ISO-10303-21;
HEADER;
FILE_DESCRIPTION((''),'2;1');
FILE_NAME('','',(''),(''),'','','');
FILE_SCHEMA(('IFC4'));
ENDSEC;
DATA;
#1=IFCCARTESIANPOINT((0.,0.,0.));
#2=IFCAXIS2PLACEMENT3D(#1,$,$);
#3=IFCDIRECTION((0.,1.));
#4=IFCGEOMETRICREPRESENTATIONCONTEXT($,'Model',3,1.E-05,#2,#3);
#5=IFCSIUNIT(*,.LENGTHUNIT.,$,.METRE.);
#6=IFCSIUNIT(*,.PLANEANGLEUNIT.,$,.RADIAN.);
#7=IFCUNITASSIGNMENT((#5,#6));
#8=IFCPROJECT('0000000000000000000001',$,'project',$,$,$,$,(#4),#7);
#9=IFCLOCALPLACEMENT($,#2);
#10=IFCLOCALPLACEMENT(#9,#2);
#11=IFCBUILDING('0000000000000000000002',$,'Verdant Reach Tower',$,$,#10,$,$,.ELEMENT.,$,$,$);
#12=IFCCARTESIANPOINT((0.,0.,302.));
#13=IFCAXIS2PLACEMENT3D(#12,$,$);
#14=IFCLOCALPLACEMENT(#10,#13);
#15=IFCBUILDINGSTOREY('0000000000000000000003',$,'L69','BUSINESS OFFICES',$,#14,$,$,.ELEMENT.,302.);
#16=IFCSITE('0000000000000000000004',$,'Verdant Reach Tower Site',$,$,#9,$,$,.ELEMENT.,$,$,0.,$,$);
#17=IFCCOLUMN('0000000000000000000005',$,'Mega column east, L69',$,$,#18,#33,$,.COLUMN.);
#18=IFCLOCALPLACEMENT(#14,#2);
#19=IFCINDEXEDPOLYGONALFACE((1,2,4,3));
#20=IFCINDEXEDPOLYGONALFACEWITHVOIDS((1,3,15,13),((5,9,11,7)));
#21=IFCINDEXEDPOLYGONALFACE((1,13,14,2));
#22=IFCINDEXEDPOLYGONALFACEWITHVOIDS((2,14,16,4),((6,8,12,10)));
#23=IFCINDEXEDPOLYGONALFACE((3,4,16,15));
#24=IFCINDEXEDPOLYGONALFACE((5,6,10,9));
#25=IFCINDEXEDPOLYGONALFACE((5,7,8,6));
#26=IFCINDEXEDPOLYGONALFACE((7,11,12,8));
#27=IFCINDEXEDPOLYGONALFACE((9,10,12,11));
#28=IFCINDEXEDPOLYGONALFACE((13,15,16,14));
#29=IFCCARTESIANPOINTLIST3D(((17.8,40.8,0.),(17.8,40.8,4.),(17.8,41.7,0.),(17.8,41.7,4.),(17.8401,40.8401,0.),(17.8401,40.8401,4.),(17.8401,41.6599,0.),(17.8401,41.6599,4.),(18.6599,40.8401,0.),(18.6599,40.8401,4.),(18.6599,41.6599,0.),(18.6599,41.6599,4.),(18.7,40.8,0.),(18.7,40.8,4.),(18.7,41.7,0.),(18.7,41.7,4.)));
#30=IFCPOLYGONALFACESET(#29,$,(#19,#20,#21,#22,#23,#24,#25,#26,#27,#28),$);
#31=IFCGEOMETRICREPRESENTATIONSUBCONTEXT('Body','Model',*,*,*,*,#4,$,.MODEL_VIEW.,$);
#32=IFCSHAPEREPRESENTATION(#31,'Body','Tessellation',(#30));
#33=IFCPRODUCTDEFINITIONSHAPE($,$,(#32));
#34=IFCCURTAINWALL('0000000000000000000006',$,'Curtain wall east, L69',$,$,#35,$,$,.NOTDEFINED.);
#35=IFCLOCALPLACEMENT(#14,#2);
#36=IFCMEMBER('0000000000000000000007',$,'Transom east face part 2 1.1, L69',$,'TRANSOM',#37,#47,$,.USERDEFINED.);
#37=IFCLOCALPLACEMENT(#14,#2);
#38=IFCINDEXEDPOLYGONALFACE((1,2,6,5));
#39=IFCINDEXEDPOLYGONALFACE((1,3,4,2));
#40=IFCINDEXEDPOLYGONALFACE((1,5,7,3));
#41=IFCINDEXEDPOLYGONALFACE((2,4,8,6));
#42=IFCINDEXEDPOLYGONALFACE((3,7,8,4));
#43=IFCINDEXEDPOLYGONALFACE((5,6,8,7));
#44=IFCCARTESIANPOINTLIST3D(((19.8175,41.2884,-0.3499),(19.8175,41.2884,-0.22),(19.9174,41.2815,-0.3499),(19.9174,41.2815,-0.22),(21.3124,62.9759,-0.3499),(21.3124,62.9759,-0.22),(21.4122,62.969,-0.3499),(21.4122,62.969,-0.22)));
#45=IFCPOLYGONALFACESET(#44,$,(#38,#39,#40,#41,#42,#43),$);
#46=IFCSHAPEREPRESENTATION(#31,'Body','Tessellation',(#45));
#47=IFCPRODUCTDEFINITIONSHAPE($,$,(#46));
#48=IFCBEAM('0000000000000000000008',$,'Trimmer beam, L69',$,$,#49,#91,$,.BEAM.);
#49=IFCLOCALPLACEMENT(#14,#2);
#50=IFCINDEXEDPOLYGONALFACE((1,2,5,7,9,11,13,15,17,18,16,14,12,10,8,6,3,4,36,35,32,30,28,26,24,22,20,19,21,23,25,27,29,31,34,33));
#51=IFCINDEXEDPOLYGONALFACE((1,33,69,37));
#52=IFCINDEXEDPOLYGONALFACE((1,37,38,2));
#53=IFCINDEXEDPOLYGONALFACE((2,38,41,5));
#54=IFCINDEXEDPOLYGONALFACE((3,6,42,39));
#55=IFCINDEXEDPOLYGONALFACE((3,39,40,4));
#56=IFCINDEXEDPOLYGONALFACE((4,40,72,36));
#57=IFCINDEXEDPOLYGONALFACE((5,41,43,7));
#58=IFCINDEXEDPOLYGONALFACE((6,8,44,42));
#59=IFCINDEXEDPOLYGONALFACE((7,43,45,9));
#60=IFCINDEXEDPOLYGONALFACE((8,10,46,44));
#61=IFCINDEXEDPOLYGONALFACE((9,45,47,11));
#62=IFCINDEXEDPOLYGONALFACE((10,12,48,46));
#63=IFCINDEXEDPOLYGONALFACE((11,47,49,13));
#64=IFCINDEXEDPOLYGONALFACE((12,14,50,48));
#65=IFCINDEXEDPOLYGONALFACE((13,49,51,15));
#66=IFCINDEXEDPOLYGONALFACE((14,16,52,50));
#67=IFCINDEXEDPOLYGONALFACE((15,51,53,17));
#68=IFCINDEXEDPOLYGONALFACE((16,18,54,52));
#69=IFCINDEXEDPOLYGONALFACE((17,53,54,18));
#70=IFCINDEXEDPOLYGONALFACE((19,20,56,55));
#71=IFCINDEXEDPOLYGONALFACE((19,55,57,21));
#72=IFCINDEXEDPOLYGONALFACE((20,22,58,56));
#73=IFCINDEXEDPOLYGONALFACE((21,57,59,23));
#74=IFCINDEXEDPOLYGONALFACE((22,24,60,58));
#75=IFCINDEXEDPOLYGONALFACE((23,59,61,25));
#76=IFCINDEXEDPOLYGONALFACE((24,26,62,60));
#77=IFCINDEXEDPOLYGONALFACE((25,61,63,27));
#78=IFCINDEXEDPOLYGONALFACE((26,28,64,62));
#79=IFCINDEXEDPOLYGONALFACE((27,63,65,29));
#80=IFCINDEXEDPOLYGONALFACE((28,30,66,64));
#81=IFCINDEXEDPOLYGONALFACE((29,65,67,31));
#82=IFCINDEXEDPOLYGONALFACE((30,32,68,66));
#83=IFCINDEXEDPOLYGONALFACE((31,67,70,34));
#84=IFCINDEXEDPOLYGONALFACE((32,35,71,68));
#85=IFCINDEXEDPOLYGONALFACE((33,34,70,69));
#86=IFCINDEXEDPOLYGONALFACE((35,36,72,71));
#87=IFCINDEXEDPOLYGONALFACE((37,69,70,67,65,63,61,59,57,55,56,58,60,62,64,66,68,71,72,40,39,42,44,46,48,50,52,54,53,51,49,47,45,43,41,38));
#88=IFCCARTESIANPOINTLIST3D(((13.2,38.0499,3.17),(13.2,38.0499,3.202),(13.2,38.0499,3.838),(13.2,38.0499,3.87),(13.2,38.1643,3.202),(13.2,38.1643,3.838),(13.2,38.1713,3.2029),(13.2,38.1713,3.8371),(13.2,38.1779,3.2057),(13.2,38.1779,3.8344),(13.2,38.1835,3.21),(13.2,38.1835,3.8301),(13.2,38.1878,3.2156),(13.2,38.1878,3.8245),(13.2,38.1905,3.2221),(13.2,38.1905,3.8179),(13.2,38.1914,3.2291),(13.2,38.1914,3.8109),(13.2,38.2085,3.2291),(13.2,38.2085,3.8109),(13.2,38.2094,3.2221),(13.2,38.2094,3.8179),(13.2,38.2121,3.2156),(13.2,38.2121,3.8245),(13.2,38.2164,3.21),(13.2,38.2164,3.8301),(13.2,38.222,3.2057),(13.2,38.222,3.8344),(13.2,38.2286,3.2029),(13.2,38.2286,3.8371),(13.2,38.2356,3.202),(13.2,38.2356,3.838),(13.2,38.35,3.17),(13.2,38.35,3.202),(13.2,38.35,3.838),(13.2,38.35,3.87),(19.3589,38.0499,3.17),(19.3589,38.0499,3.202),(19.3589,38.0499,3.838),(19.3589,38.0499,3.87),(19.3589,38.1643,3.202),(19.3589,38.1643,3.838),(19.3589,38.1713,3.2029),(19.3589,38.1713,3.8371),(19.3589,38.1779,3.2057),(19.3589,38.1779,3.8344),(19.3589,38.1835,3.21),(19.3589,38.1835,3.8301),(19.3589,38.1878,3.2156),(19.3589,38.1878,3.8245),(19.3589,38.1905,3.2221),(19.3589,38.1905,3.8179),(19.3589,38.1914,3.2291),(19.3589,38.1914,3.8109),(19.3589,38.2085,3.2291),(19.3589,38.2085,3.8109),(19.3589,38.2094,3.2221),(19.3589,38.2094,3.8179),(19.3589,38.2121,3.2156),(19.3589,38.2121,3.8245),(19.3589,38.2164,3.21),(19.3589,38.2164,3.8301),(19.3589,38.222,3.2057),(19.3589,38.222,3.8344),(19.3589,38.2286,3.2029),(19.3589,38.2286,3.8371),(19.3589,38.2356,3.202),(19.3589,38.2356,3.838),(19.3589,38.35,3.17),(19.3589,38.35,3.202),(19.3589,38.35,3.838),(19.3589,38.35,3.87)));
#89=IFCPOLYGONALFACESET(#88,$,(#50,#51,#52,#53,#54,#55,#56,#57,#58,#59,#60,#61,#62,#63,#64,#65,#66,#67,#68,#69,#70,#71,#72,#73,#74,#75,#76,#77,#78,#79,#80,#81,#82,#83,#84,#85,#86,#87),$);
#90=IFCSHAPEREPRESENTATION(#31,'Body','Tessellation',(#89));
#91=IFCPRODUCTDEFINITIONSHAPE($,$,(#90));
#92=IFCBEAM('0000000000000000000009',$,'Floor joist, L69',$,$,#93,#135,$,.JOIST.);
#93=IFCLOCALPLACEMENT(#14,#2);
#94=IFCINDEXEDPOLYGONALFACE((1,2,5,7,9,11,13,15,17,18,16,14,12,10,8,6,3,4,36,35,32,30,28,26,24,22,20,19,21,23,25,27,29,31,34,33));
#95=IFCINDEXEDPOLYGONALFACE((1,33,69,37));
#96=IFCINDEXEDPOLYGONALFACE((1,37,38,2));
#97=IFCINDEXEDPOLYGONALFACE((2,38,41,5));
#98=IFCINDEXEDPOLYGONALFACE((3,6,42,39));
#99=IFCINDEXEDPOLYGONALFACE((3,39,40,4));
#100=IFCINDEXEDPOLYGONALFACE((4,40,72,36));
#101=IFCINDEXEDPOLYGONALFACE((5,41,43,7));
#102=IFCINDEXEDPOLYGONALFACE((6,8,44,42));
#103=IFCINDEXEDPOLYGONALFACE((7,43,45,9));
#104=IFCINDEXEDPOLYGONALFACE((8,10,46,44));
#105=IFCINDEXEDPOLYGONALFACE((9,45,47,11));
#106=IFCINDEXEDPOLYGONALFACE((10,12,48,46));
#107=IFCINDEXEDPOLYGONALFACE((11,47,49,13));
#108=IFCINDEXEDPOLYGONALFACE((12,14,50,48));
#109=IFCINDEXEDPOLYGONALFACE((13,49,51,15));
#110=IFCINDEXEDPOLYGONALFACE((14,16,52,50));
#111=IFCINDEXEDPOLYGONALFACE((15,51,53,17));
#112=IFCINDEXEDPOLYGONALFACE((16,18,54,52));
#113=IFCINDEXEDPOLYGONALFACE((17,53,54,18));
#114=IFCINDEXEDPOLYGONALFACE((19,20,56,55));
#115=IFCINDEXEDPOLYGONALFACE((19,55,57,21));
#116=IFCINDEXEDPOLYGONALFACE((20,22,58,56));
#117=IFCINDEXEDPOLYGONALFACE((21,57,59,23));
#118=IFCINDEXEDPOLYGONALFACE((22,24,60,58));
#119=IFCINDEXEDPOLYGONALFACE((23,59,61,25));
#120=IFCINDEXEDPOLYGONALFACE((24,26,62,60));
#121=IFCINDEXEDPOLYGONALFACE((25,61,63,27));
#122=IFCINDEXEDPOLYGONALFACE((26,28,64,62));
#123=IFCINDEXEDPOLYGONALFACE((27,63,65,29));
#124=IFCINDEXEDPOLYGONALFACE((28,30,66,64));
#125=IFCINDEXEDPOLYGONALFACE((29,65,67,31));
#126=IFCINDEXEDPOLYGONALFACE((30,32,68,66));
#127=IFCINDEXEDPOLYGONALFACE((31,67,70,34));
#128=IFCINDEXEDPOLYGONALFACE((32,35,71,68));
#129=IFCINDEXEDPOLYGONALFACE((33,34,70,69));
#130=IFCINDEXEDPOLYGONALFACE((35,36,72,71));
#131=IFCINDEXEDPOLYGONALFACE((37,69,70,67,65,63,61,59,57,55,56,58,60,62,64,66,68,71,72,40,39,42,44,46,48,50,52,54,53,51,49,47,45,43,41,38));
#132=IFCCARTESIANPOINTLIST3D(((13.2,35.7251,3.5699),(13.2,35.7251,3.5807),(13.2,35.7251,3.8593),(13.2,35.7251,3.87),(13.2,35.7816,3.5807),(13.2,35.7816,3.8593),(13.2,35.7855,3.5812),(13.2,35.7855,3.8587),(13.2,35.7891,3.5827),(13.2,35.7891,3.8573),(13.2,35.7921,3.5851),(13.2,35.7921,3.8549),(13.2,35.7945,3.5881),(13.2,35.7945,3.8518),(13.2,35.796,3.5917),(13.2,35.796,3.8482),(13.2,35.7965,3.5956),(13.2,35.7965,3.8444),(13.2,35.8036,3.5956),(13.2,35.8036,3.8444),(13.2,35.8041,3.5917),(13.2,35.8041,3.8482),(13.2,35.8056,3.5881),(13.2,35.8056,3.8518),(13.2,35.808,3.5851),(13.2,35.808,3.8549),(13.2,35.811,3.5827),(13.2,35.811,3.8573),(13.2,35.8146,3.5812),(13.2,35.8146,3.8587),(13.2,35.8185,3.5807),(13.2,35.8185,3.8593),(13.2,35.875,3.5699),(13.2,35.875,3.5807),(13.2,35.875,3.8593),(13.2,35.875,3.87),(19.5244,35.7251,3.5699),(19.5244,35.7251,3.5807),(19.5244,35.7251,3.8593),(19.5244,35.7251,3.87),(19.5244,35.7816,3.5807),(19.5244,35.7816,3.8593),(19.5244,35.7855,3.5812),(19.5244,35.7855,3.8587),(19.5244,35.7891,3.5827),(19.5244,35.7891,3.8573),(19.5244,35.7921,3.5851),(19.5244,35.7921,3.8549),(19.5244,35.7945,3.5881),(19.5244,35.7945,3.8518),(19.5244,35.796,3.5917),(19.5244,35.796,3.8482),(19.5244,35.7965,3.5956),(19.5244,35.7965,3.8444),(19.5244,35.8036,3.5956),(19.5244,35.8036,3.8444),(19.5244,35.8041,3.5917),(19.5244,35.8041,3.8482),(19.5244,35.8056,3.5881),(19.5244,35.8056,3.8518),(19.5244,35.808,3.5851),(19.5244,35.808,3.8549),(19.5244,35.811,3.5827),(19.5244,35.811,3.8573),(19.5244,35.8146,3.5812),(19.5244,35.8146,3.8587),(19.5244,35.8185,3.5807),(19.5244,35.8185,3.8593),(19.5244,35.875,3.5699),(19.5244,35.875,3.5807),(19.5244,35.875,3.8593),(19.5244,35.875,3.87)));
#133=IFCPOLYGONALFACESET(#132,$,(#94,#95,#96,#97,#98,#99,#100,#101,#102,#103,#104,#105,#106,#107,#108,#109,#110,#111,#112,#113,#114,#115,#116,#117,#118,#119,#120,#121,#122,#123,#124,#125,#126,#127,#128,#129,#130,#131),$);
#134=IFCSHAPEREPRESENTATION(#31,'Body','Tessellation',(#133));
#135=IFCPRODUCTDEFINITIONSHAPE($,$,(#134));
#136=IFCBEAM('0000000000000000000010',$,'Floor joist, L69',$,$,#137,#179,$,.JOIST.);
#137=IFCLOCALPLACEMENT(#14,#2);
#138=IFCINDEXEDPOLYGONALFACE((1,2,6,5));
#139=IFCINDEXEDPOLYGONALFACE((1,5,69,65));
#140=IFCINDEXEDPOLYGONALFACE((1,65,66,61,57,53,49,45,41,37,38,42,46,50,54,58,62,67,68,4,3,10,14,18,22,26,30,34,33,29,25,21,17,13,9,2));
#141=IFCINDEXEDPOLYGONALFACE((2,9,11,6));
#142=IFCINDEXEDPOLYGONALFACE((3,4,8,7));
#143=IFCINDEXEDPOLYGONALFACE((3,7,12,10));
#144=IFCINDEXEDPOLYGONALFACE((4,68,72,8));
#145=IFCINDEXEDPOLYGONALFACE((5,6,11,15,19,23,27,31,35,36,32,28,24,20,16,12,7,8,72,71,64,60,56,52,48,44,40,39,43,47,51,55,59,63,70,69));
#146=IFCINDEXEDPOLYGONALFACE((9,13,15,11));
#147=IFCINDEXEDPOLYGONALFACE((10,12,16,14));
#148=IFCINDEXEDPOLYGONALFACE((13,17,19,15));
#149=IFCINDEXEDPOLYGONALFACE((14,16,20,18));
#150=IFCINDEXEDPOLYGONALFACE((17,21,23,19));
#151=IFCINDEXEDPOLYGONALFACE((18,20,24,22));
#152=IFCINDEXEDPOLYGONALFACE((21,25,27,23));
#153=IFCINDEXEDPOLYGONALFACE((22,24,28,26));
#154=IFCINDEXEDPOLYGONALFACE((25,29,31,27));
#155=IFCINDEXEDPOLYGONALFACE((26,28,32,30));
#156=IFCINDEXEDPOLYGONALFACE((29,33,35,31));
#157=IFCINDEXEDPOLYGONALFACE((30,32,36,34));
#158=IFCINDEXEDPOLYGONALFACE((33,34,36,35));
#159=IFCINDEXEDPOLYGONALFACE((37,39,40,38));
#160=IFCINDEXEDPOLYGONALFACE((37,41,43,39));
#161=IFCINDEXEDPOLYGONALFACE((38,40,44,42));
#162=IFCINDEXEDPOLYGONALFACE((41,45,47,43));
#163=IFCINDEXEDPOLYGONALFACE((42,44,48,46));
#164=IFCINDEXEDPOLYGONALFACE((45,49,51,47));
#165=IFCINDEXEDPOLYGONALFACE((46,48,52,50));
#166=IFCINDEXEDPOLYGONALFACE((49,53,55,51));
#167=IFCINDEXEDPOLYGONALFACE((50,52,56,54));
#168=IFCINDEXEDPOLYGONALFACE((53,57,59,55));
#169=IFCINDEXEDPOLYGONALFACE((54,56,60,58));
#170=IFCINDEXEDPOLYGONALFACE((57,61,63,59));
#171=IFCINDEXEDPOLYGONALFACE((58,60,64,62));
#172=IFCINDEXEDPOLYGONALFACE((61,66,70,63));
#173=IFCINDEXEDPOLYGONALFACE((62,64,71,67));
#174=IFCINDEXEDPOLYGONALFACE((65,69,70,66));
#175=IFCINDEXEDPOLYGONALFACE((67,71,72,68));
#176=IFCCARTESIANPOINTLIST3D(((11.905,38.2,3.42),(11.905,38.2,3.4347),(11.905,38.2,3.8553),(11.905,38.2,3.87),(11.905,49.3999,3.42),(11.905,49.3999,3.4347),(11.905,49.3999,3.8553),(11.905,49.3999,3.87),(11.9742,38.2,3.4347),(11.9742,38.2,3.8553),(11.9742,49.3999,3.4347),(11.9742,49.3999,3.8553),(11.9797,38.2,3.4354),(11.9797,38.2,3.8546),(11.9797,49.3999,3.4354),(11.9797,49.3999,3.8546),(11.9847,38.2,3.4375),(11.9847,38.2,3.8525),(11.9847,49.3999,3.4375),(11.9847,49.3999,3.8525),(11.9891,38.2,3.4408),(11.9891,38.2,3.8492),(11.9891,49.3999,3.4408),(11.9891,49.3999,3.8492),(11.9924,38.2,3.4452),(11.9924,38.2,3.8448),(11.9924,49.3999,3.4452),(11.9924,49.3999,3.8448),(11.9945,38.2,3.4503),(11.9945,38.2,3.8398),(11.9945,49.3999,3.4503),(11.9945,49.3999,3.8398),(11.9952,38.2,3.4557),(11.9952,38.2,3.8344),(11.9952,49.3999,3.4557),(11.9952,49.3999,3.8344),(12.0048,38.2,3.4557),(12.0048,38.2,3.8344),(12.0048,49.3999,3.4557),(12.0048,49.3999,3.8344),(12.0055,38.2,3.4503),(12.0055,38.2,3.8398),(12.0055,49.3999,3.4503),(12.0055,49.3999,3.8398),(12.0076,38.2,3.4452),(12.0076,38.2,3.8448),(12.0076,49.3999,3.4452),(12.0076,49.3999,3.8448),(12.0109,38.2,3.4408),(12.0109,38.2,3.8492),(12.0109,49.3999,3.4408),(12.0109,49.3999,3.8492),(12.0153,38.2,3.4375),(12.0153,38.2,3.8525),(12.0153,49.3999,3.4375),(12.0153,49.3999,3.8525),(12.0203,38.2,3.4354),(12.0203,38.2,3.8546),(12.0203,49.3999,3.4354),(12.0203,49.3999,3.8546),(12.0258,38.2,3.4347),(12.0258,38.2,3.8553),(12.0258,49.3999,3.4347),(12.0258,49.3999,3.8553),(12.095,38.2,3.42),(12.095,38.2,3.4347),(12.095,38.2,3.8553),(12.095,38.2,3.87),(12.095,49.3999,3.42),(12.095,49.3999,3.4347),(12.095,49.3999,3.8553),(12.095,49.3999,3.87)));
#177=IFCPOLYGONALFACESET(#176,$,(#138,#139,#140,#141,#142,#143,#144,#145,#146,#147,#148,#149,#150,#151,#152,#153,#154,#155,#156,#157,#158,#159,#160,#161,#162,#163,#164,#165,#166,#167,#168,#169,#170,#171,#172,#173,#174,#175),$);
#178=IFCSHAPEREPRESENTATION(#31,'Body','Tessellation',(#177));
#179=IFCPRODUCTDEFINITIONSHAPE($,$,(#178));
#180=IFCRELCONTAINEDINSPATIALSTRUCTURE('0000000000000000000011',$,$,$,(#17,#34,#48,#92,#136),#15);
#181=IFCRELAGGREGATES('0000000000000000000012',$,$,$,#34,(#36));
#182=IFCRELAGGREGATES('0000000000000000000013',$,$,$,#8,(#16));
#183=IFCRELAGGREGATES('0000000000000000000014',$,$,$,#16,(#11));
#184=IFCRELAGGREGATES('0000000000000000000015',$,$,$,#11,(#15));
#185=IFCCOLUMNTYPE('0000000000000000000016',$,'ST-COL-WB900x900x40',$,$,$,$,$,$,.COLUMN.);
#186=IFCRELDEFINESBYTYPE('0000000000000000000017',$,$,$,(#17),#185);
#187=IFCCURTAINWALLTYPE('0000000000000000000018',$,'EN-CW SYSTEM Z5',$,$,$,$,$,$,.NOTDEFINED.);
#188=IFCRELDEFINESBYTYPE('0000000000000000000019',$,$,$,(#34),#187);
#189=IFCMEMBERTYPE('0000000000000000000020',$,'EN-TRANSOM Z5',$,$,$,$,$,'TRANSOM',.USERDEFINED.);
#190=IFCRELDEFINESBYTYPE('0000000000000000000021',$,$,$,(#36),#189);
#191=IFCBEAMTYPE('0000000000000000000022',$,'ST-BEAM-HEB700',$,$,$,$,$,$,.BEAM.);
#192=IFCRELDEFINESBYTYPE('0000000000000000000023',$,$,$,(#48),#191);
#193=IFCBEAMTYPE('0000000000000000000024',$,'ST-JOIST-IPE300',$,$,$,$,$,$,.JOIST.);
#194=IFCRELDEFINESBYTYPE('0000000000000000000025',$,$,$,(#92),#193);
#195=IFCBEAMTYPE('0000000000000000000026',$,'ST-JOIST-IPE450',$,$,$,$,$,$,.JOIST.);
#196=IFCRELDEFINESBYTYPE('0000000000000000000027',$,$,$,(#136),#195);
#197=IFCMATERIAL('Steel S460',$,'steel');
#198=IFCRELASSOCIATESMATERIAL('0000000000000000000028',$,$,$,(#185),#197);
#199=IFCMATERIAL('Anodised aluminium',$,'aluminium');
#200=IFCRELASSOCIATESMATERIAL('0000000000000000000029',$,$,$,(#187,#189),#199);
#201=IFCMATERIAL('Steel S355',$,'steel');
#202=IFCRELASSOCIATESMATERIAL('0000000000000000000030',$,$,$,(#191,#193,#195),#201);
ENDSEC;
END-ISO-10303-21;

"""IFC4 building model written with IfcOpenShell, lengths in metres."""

from ifc_helpers import new_model, si_unit, direction, frame, origin, origin_2d, place, context, subcontext, project, spatial, rectangle, hollow_rectangle, i_section, extrude, material, material_profile, profile_set, type_object, element, aggregate, save


model = new_model("IFC4")

# Units and contexts
model_context = context("Model", 3, precision=1e-05, world=origin(), true_north=direction((0.0, 1.0)))
body_context = subcontext(model_context, "Body", "Model", "MODEL_VIEW")
ifc_project = project(units=[si_unit("LENGTHUNIT", "METRE"), si_unit("PLANEANGLEUNIT", "RADIAN")], contexts=[model_context])

# Site, building, storey
site_placement = place(None, origin())
site = spatial("IfcSite", under=ifc_project, at=site_placement, Name="Verdant Reach Tower Site", CompositionType="ELEMENT", RefElevation=0.0)
building_placement = place(site_placement, origin())
building = spatial("IfcBuilding", under=site, at=building_placement, Name="Verdant Reach Tower", CompositionType="ELEMENT")
storey_placement = place(building_placement, frame((0.0, 0.0, 302.0)))
storey = spatial("IfcBuildingStorey", under=building, at=storey_placement, Name="L69", Description="BUSINESS OFFICES", CompositionType="ELEMENT", Elevation=302.0)

# Column
ifc_material_1 = material(Name="Steel S460", Category="steel")
ifc_material_profile_1 = material_profile(ifc_material_1, hollow_rectangle(XDim=0.8999, YDim=0.8999, WallThickness=0.04, at=origin_2d()), Name="WB 900x900x40")
ifc_profile_set_1 = profile_set([ifc_material_profile_1], Name="Steel S460")
column_type = type_object("IfcColumnType", Name="ST-COL-WB900x900x40", PredefinedType="COLUMN", material=ifc_profile_set_1)
column_placement = place(storey_placement, frame((18.25, 41.25, 0.0), z_axis=(0.0, 0.0, 1.0), x_axis=(1.0, 0.0, 0.0)))
element("IfcColumn", 1, at=column_placement, inside=storey, type_object=column_type, Name="Mega column east, L69", PredefinedType="COLUMN", context=body_context, shape_type="SweptSolid", body=[
    extrude(hollow_rectangle(XDim=0.8999, YDim=0.8999, WallThickness=0.04, at=origin_2d()), origin(), (0.0, 0.0, 1.0), 4.0),
])

# Curtain wall, member
ifc_material_2 = material(Name="Anodised aluminium", Category="aluminium")
curtain_wall_type = type_object("IfcCurtainWallType", Name="EN-CW SYSTEM Z5", PredefinedType="NOTDEFINED", material=ifc_material_2)
curtain_wall_placement = place(storey_placement, origin())
curtain_wall = element("IfcCurtainWall", 2, at=curtain_wall_placement, inside=storey, type_object=curtain_wall_type, Name="Curtain wall east, L69", PredefinedType="NOTDEFINED")
ifc_material_profile_2 = material_profile(ifc_material_2, rectangle(XDim=0.1001, YDim=0.1299, at=origin_2d()), Name="Transom 130x100")
ifc_profile_set_2 = profile_set([ifc_material_profile_2], Name="Anodised aluminium")
member_type = type_object("IfcMemberType", Name="EN-TRANSOM Z5", ElementType="TRANSOM", PredefinedType="USERDEFINED", material=ifc_profile_set_2)
member_placement = place(storey_placement, frame((19.8674, 41.2849, -0.2849), z_axis=(0.068765, 0.997633, 0.0), x_axis=(-0.997633, 0.068765, 0.0)))
member = element("IfcMember", 3, at=member_placement, type_object=member_type, Name="Transom east face part 2 1.1, L69", ObjectType="TRANSOM", PredefinedType="USERDEFINED", context=body_context, shape_type="SweptSolid", body=[
    extrude(rectangle(XDim=0.1001, YDim=0.1299, at=origin_2d()), origin(), (0.0, 0.0, 1.0), 21.739),
])

# Beams
ifc_material_3 = material(Name="Steel S355", Category="steel")
ifc_material_profile_3 = material_profile(ifc_material_3, i_section(OverallWidth=0.3, OverallDepth=0.7, WebThickness=0.0171, FlangeThickness=0.032, FilletRadius=0.0271, at=origin_2d()), Name="HEB 700")
ifc_profile_set_3 = profile_set([ifc_material_profile_3], Name="Steel S355")
beam_type_1 = type_object("IfcBeamType", Name="ST-BEAM-HEB700", PredefinedType="BEAM", material=ifc_profile_set_3)
beam_1_placement = place(storey_placement, frame((13.2, 38.2, 3.52), z_axis=(1.0, 0.0, 0.0), x_axis=(0.0, 1.0, 0.0)))
element("IfcBeam", 4, at=beam_1_placement, inside=storey, type_object=beam_type_1, Name="Trimmer beam, L69", PredefinedType="BEAM", context=body_context, shape_type="SweptSolid", body=[
    extrude(i_section(OverallWidth=0.3, OverallDepth=0.7, WebThickness=0.0171, FlangeThickness=0.032, FilletRadius=0.0271, at=origin_2d()), origin(), (0.0, 0.0, 1.0), 6.1589),
])
ifc_material_profile_4 = material_profile(ifc_material_3, i_section(OverallWidth=0.1499, OverallDepth=0.3, WebThickness=0.0071, FlangeThickness=0.0107, FilletRadius=0.0149, at=origin_2d()), Name="IPE 300")
ifc_profile_set_4 = profile_set([ifc_material_profile_4], Name="Steel S355")
beam_type_2 = type_object("IfcBeamType", Name="ST-JOIST-IPE300", PredefinedType="JOIST", material=ifc_profile_set_4)
beam_2_placement = place(storey_placement, frame((13.2, 35.8, 3.72), z_axis=(1.0, 0.0, 0.0), x_axis=(0.0, 1.0, 0.0)))
element("IfcBeam", 5, at=beam_2_placement, inside=storey, type_object=beam_type_2, Name="Floor joist, L69", PredefinedType="JOIST", context=body_context, shape_type="SweptSolid", body=[
    extrude(i_section(OverallWidth=0.1499, OverallDepth=0.3, WebThickness=0.0071, FlangeThickness=0.0107, FilletRadius=0.0149, at=origin_2d()), origin(), (0.0, 0.0, 1.0), 6.3245),
])
ifc_material_profile_5 = material_profile(ifc_material_3, i_section(OverallWidth=0.1899, OverallDepth=0.45, WebThickness=0.0095, FlangeThickness=0.0146, FilletRadius=0.021, at=origin_2d()), Name="IPE 450")
ifc_profile_set_5 = profile_set([ifc_material_profile_5], Name="Steel S355")
beam_type_3 = type_object("IfcBeamType", Name="ST-JOIST-IPE450", PredefinedType="JOIST", material=ifc_profile_set_5)
beam_3_placement = place(storey_placement, frame((12.0, 38.2, 3.645), z_axis=(0.0, 1.0, 0.0), x_axis=(-1.0, 0.0, 0.0)))
element("IfcBeam", 6, at=beam_3_placement, inside=storey, type_object=beam_type_3, Name="Floor joist, L69", PredefinedType="JOIST", context=body_context, shape_type="SweptSolid", body=[
    extrude(i_section(OverallWidth=0.1899, OverallDepth=0.45, WebThickness=0.0095, FlangeThickness=0.0146, FilletRadius=0.021, at=origin_2d()), origin(), (0.0, 0.0, 1.0), 11.2),
])

aggregate(curtain_wall, [member])

save(model, "model.ifc")
